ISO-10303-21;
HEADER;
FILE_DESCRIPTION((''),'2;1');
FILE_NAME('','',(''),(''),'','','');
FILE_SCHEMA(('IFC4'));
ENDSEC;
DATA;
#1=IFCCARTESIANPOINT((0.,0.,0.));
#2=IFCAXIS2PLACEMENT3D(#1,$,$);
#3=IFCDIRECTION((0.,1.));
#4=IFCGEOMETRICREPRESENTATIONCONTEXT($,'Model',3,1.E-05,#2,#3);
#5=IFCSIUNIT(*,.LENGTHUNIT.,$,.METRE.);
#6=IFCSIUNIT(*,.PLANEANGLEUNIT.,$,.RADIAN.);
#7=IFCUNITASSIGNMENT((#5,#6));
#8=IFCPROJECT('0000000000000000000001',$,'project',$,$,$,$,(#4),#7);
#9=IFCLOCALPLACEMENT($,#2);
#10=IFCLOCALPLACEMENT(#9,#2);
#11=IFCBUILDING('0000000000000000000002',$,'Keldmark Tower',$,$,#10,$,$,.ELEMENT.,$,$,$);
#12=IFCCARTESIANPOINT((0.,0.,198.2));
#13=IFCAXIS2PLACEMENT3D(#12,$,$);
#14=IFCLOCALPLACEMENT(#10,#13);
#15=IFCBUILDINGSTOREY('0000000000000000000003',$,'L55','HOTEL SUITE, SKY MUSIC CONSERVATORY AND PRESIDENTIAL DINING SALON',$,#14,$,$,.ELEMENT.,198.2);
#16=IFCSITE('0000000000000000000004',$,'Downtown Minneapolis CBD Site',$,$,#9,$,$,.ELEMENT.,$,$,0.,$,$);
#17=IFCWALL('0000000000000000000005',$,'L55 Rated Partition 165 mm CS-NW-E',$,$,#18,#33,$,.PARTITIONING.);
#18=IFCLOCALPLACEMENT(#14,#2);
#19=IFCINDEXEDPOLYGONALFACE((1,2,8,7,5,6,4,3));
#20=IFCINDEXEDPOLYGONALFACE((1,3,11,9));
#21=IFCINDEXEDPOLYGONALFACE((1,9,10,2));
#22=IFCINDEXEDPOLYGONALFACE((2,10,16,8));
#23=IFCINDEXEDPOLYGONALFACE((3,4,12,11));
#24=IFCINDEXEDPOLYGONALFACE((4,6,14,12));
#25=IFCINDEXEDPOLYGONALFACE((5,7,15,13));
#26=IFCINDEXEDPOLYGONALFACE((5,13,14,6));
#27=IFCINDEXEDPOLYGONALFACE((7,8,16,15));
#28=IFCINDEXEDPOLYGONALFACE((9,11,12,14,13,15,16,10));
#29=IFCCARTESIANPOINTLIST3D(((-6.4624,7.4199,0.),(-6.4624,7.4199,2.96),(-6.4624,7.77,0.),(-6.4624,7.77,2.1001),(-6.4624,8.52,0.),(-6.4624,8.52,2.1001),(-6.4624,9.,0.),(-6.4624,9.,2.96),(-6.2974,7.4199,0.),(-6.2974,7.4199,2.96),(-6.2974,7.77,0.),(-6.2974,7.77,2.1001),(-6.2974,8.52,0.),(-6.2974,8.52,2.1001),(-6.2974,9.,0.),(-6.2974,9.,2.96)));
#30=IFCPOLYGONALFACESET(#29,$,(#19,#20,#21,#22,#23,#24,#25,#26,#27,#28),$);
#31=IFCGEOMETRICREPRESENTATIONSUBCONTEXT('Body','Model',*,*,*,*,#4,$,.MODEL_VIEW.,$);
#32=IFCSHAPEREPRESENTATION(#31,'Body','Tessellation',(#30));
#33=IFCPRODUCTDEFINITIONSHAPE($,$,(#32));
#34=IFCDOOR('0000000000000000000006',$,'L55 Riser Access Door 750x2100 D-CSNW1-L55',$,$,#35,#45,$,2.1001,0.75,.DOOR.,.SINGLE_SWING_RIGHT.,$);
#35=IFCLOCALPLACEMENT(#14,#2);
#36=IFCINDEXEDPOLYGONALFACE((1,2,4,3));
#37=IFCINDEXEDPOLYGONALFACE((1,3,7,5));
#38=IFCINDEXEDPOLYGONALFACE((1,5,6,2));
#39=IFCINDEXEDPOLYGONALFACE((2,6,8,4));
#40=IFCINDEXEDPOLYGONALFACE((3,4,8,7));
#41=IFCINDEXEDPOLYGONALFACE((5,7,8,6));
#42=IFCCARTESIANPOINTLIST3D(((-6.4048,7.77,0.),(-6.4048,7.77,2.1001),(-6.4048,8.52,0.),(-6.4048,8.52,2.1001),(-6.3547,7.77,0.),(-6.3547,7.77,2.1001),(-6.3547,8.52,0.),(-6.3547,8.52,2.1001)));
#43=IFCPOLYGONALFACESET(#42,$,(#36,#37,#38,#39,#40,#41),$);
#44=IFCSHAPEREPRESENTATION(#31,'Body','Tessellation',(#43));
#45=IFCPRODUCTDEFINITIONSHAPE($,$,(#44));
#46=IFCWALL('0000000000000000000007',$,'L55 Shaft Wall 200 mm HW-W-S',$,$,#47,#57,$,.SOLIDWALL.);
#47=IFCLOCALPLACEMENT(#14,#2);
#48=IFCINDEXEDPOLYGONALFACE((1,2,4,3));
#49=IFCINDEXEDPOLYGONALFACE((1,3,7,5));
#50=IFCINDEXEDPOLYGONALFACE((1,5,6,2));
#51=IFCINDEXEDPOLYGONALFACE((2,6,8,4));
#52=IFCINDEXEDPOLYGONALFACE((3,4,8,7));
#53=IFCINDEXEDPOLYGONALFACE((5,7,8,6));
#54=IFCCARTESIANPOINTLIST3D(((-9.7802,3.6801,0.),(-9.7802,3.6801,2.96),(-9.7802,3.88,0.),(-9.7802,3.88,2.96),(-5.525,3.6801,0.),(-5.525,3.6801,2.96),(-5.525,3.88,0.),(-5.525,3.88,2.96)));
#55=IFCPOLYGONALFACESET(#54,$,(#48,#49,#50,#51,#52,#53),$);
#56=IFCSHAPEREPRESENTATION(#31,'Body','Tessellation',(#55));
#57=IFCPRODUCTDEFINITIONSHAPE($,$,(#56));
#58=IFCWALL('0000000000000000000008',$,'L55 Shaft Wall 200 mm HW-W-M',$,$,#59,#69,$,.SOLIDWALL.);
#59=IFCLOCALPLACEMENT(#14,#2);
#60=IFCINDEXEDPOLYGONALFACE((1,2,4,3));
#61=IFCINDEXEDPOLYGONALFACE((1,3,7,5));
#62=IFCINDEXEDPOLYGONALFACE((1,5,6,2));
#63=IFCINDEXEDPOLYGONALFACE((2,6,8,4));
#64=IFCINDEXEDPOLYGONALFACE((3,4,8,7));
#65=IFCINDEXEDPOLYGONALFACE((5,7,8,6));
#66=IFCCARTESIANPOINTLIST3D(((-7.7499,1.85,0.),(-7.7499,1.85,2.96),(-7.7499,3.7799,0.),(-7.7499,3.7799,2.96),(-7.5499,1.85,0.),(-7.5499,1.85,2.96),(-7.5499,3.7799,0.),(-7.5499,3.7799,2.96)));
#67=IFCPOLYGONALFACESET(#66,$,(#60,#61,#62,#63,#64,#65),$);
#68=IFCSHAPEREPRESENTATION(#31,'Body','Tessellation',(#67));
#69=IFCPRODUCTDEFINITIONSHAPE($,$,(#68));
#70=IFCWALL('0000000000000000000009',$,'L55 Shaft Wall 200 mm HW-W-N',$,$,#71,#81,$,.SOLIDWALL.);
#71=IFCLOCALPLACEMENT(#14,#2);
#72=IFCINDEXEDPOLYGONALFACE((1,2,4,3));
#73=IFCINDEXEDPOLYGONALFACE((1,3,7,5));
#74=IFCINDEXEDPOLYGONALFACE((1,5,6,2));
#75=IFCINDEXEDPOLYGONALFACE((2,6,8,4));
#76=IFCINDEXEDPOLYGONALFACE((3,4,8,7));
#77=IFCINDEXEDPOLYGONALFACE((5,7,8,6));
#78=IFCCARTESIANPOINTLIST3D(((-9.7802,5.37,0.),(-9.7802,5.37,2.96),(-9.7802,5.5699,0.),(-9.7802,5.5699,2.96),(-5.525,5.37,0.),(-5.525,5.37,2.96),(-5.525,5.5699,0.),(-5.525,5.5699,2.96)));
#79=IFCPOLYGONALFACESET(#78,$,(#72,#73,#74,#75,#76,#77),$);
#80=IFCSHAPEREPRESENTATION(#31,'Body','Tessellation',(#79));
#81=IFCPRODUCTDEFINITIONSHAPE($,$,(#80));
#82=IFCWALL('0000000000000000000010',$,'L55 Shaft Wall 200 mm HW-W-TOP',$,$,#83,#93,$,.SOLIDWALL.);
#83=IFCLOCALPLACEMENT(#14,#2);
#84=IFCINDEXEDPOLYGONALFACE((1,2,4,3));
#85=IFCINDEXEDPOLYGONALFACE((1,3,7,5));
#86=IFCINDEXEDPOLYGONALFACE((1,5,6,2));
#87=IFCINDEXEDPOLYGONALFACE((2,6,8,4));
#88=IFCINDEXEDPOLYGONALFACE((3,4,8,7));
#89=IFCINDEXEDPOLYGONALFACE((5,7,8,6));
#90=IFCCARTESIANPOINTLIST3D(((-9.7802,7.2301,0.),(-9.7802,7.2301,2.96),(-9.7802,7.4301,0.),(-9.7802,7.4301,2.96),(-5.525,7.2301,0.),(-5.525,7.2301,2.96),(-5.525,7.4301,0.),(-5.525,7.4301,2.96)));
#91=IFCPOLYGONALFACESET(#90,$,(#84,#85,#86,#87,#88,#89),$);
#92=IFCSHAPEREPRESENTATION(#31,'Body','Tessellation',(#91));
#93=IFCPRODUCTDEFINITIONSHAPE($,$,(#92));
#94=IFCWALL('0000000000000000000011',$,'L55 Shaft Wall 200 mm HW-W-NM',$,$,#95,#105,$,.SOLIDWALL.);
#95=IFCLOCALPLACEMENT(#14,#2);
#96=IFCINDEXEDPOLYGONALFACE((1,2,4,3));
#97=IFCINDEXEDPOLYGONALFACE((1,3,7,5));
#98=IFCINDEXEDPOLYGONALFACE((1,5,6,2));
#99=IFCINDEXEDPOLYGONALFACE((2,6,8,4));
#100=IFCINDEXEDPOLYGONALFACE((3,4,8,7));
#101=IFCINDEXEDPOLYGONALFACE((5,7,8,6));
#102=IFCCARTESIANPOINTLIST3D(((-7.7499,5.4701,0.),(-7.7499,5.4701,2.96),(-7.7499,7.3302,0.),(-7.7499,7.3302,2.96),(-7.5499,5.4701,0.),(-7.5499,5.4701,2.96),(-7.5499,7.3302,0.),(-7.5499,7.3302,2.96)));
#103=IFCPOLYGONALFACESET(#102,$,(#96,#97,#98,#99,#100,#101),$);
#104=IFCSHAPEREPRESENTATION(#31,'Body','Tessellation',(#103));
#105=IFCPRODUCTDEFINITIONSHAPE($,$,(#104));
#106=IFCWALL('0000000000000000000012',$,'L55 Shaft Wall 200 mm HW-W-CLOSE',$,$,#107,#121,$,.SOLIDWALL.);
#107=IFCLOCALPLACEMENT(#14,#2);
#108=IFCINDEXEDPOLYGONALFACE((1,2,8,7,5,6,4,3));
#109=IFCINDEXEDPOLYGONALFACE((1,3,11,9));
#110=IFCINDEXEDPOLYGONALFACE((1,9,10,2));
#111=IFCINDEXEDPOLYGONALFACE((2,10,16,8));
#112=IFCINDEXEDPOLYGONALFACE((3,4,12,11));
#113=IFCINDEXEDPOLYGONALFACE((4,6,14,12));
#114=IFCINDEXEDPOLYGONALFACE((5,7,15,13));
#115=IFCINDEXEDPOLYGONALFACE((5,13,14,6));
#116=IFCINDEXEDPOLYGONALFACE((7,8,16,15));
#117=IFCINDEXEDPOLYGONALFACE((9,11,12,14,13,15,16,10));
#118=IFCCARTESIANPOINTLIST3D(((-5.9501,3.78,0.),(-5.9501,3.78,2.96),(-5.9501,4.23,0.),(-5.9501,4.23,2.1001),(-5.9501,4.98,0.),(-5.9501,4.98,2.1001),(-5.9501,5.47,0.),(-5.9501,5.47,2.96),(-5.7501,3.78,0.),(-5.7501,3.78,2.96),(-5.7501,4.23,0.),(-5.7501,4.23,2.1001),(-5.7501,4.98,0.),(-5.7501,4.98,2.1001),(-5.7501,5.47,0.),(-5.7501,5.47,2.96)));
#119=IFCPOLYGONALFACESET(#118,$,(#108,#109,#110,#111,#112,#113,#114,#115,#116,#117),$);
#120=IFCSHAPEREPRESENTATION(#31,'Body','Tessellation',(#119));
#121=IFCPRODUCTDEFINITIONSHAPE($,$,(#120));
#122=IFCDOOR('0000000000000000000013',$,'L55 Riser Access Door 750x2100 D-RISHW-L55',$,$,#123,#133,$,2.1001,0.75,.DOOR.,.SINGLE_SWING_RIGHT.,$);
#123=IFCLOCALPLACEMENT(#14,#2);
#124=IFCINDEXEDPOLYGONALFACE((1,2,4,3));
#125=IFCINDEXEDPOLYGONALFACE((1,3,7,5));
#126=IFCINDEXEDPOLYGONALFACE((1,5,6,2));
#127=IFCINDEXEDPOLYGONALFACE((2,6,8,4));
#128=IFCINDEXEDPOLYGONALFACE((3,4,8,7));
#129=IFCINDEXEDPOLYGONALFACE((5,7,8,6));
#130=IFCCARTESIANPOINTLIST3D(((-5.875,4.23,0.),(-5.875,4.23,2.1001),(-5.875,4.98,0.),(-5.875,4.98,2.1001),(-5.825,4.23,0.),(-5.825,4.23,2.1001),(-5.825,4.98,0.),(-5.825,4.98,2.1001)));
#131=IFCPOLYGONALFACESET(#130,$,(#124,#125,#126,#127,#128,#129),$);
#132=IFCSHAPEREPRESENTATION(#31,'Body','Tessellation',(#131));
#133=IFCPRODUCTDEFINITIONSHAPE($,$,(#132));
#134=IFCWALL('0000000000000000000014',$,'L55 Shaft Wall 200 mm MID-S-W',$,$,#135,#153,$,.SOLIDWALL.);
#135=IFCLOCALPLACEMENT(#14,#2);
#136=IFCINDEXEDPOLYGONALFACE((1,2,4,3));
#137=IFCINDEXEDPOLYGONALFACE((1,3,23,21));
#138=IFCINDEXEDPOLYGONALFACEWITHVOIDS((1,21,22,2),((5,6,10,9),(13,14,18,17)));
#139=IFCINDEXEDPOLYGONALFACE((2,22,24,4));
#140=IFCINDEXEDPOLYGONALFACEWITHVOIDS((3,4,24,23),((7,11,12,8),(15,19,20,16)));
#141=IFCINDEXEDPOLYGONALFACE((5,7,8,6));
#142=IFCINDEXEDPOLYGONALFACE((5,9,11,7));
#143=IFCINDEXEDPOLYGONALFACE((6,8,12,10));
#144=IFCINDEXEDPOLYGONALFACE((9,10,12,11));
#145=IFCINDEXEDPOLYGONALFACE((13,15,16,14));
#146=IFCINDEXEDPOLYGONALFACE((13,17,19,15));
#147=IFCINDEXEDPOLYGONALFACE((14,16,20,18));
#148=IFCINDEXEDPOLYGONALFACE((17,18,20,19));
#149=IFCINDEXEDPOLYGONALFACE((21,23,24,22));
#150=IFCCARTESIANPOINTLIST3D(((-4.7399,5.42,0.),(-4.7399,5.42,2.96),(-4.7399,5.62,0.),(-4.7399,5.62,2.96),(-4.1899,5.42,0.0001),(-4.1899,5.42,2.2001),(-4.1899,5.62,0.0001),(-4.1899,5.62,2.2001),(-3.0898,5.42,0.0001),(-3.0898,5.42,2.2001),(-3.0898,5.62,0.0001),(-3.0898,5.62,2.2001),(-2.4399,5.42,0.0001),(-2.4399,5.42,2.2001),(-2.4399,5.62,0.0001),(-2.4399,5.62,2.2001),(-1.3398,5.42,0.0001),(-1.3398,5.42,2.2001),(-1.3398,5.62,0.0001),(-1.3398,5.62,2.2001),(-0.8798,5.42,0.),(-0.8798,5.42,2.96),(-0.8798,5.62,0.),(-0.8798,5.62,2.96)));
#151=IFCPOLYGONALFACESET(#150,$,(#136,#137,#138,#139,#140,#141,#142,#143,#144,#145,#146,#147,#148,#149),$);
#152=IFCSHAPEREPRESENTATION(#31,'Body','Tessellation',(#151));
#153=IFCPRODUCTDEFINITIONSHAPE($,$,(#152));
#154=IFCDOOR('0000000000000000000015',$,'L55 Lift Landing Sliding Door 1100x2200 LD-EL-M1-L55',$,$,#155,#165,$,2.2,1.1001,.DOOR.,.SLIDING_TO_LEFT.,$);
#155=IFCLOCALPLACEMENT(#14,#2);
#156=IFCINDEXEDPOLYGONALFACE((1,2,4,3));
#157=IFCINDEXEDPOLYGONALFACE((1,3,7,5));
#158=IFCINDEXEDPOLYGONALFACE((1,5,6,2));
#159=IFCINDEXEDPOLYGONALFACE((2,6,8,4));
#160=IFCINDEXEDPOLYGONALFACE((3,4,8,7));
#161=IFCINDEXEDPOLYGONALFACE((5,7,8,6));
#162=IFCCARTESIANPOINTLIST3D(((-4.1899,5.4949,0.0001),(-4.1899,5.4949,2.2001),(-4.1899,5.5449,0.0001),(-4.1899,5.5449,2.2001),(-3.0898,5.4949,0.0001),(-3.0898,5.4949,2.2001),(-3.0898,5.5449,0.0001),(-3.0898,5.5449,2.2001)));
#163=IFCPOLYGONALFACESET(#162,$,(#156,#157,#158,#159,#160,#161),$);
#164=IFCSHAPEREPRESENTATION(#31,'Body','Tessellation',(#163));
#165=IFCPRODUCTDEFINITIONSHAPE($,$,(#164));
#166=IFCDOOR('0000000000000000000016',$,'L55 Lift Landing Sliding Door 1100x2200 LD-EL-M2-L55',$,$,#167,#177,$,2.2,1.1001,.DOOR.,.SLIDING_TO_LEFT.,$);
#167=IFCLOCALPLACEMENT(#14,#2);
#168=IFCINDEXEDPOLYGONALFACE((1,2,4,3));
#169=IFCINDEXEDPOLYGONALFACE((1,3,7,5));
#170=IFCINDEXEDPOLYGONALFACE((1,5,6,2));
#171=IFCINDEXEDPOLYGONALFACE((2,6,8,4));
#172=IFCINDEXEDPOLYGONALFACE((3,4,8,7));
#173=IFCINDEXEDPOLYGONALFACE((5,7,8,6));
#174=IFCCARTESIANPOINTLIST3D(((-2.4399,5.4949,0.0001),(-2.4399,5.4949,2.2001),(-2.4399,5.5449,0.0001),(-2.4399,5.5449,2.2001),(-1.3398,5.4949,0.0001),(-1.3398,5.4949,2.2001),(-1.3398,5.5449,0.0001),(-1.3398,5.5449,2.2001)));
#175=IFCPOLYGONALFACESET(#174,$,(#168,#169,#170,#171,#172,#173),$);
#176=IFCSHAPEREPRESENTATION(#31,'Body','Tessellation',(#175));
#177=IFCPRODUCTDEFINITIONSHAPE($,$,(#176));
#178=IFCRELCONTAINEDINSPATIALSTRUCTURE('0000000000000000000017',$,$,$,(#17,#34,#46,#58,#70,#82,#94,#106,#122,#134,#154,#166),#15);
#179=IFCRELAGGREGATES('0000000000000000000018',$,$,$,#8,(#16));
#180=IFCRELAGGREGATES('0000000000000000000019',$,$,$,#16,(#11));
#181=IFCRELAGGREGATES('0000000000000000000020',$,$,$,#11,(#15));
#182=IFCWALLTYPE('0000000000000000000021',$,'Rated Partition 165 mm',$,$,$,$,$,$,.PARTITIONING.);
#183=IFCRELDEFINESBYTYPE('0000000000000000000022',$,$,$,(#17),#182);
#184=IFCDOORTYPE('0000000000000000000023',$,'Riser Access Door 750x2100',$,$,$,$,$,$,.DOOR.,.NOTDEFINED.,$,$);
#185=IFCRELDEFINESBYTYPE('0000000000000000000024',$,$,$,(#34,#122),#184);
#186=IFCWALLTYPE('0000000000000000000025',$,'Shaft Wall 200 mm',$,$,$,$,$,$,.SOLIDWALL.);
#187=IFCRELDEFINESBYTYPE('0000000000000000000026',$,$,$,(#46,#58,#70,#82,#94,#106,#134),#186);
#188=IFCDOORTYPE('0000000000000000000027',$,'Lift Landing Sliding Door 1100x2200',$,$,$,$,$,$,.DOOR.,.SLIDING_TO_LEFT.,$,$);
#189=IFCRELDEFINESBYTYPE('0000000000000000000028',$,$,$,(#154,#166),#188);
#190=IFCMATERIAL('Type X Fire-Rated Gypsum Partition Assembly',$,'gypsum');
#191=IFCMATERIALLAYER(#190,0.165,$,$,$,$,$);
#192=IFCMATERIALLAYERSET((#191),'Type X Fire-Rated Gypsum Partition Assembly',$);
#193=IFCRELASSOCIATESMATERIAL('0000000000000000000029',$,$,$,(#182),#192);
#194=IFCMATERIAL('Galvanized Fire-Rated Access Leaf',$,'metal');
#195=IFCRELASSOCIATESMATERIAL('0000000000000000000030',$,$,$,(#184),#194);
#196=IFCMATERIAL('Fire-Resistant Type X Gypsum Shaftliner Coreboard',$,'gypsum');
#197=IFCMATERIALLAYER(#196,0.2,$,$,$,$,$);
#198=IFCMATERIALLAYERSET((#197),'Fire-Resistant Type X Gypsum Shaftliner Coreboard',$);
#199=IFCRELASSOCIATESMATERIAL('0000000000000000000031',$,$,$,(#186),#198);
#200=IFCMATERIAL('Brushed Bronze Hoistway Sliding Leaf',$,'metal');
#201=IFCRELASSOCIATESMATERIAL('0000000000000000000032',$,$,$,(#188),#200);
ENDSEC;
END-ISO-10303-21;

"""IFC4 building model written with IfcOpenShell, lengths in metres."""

from ifc_helpers import new_model, si_unit, direction, frame, frame_2d, origin, place, context, subcontext, project, spatial, rectangle, extrude, material, layer, layer_set, type_object, element, fill, save


model = new_model("IFC4")

# Units and contexts
model_context = context("Model", 3, precision=1e-05, world=origin(), true_north=direction((0.0, 1.0)))
body_context = subcontext(model_context, "Body", "Model", "MODEL_VIEW")
ifc_project = project(units=[si_unit("LENGTHUNIT", "METRE"), si_unit("PLANEANGLEUNIT", "RADIAN")], contexts=[model_context])

# Site, building, storey
site_placement = place(None, origin())
site = spatial("IfcSite", under=ifc_project, at=site_placement, Name="Downtown Minneapolis CBD Site", CompositionType="ELEMENT", RefElevation=0.0)
building_placement = place(site_placement, origin())
building = spatial("IfcBuilding", under=site, at=building_placement, Name="Keldmark Tower", CompositionType="ELEMENT")
storey_placement = place(building_placement, frame((0.0, 0.0, 198.2)))
storey = spatial("IfcBuildingStorey", under=building, at=storey_placement, Name="L55", Description="HOTEL SUITE, SKY MUSIC CONSERVATORY AND PRESIDENTIAL DINING SALON", CompositionType="ELEMENT", Elevation=198.2)

# Shared definitions
ifc_material_1 = material(Name="Type X Fire-Rated Gypsum Partition Assembly", Category="gypsum")
ifc_layer_1 = layer(ifc_material_1, 0.165)
ifc_layer_set_1 = layer_set([ifc_layer_1], Name="Type X Fire-Rated Gypsum Partition Assembly")
wall_type_1 = type_object("IfcWallType", Name="Rated Partition 165 mm", PredefinedType="PARTITIONING", material=ifc_layer_set_1)

# Wall, opening, door
wall_1_placement = place(storey_placement, frame((-6.3799, 7.4199, 0.0), z_axis=(0.0, 0.0, 1.0), x_axis=(0.0, 1.0, 0.0)))
wall_1 = element("IfcWall", 1, at=wall_1_placement, inside=storey, type_object=wall_type_1, Name="L55 Rated Partition 165 mm CS-NW-E", PredefinedType="PARTITIONING", context=body_context, shape_type="SweptSolid", body=[
    extrude(rectangle(XDim=1.5801, YDim=0.165, at=frame_2d((0.79, 0.0))), origin(), (0.0, 0.0, 1.0), 2.96),
])
opening_1_placement = place(wall_1_placement, frame((0.3501, 0.0, 0.0)))
opening_1 = element("IfcOpeningElement", 2, at=opening_1_placement, cuts=wall_1, PredefinedType="OPENING", context=body_context, shape_type="SweptSolid", body=[
    extrude(rectangle(XDim=0.75, YDim=2.1001, at=frame_2d((0.375, 1.05))), frame((0.0, 0.0925, 0.0), z_axis=(0.0, -1.0, 0.0), x_axis=(1.0, 0.0, 0.0)), (0.0, 0.0, 1.0), 0.1851),
])
ifc_material_2 = material(Name="Galvanized Fire-Rated Access Leaf", Category="metal")
door_type_1 = type_object("IfcDoorType", Name="Riser Access Door 750x2100", OperationType="NOTDEFINED", PredefinedType="DOOR", material=ifc_material_2)
door_1_placement = place(opening_1_placement, origin())
door_1 = element("IfcDoor", 3, at=door_1_placement, inside=storey, type_object=door_type_1, Name="L55 Riser Access Door 750x2100 D-CSNW1-L55", OperationType="SINGLE_SWING_RIGHT", OverallHeight=2.1001, OverallWidth=0.75, PredefinedType="DOOR", context=body_context, shape_type="SweptSolid", body=[
    extrude(rectangle(XDim=0.75, YDim=2.1001, at=frame_2d((0.375, 1.05))), frame((0.0, 0.0249, 0.0), z_axis=(0.0, -1.0, 0.0), x_axis=(1.0, 0.0, 0.0)), (0.0, 0.0, 1.0), 0.05),
])
fill(opening_1, door_1)

# Walls
ifc_material_3 = material(Name="Fire-Resistant Type X Gypsum Shaftliner Coreboard", Category="gypsum")
ifc_layer_2 = layer(ifc_material_3, 0.2)
ifc_layer_set_2 = layer_set([ifc_layer_2], Name="Fire-Resistant Type X Gypsum Shaftliner Coreboard")
wall_type_2 = type_object("IfcWallType", Name="Shaft Wall 200 mm", PredefinedType="SOLIDWALL", material=ifc_layer_set_2)
wall_2_placement = place(storey_placement, frame((-9.78, 3.78, 0.0), z_axis=(0.0, 0.0, 1.0), x_axis=(1.0, 0.0, 0.0)))
element("IfcWall", 4, at=wall_2_placement, inside=storey, type_object=wall_type_2, Name="L55 Shaft Wall 200 mm HW-W-S", PredefinedType="SOLIDWALL", context=body_context, shape_type="SweptSolid", body=[
    extrude(rectangle(XDim=4.2551, YDim=0.2, at=frame_2d((2.1274, 0.0))), origin(), (0.0, 0.0, 1.0), 2.96),
])
wall_3_placement = place(storey_placement, frame((-7.6499, 1.8501, 0.0), z_axis=(0.0, 0.0, 1.0), x_axis=(0.0, 1.0, 0.0)))
element("IfcWall", 5, at=wall_3_placement, inside=storey, type_object=wall_type_2, Name="L55 Shaft Wall 200 mm HW-W-M", PredefinedType="SOLIDWALL", context=body_context, shape_type="SweptSolid", body=[
    extrude(rectangle(XDim=1.9299, YDim=0.2, at=frame_2d((0.9648, 0.0))), origin(), (0.0, 0.0, 1.0), 2.96),
])
for number, where, z_axis, x_axis, name in (
    (6, (-9.78, 5.47, 0.0), (0.0, 0.0, 1.0), (1.0, 0.0, 0.0), "L55 Shaft Wall 200 mm HW-W-N"),
    (7, (-9.78, 7.3301, 0.0), (0.0, 0.0, 1.0), (1.0, 0.0, 0.0), "L55 Shaft Wall 200 mm HW-W-TOP"),
):
    element("IfcWall", number, at=place(storey_placement, frame(where, z_axis=z_axis, x_axis=x_axis)), inside=storey, type_object=wall_type_2, Name=name, PredefinedType="SOLIDWALL", context=body_context, shape_type="SweptSolid", body=[
        extrude(rectangle(XDim=4.2551, YDim=0.2, at=frame_2d((2.1274, 0.0))), origin(), (0.0, 0.0, 1.0), 2.96),
    ])
wall_4_placement = place(storey_placement, frame((-7.6499, 5.47, 0.0), z_axis=(0.0, 0.0, 1.0), x_axis=(0.0, 1.0, 0.0)))
element("IfcWall", 8, at=wall_4_placement, inside=storey, type_object=wall_type_2, Name="L55 Shaft Wall 200 mm HW-W-NM", PredefinedType="SOLIDWALL", context=body_context, shape_type="SweptSolid", body=[
    extrude(rectangle(XDim=1.8601, YDim=0.2, at=frame_2d((0.9302, 0.0))), origin(), (0.0, 0.0, 1.0), 2.96),
])

# Wall, opening, door
wall_5_placement = place(storey_placement, frame((-5.8501, 3.78, 0.0), z_axis=(0.0, 0.0, 1.0), x_axis=(0.0, 1.0, 0.0)))
wall_5 = element("IfcWall", 9, at=wall_5_placement, inside=storey, type_object=wall_type_2, Name="L55 Shaft Wall 200 mm HW-W-CLOSE", PredefinedType="SOLIDWALL", context=body_context, shape_type="SweptSolid", body=[
    extrude(rectangle(XDim=1.6899, YDim=0.2, at=frame_2d((0.845, 0.0))), origin(), (0.0, 0.0, 1.0), 2.96),
])
opening_2_placement = place(wall_5_placement, frame((0.45, 0.0, 0.0)))
opening_2 = element("IfcOpeningElement", 10, at=opening_2_placement, cuts=wall_5, PredefinedType="OPENING", context=body_context, shape_type="SweptSolid", body=[
    extrude(rectangle(XDim=0.75, YDim=2.1001, at=frame_2d((0.375, 1.05))), frame((0.0, 0.1099, 0.0), z_axis=(0.0, -1.0, 0.0), x_axis=(1.0, 0.0, 0.0)), (0.0, 0.0, 1.0), 0.22),
])
door_2_placement = place(opening_2_placement, origin())
door_2 = element("IfcDoor", 11, at=door_2_placement, inside=storey, type_object=door_type_1, Name="L55 Riser Access Door 750x2100 D-RISHW-L55", OperationType="SINGLE_SWING_RIGHT", OverallHeight=2.1001, OverallWidth=0.75, PredefinedType="DOOR", context=body_context, shape_type="SweptSolid", body=[
    extrude(rectangle(XDim=0.75, YDim=2.1001, at=frame_2d((0.375, 1.05))), frame((0.0, 0.0249, 0.0), z_axis=(0.0, -1.0, 0.0), x_axis=(1.0, 0.0, 0.0)), (0.0, 0.0, 1.0), 0.05),
])
fill(opening_2, door_2)

# Wall, openings, doors
wall_6_placement = place(storey_placement, frame((-4.74, 5.52, 0.0), z_axis=(0.0, 0.0, 1.0), x_axis=(1.0, 0.0, 0.0)))
wall_6 = element("IfcWall", 12, at=wall_6_placement, inside=storey, type_object=wall_type_2, Name="L55 Shaft Wall 200 mm MID-S-W", PredefinedType="SOLIDWALL", context=body_context, shape_type="SweptSolid", body=[
    extrude(rectangle(XDim=3.8601, YDim=0.2, at=frame_2d((1.9302, 0.0))), origin(), (0.0, 0.0, 1.0), 2.96),
])
opening_3_placement = place(wall_6_placement, frame((0.55, 0.0, 0.0)))
opening_3 = element("IfcOpeningElement", 13, at=opening_3_placement, cuts=wall_6, PredefinedType="OPENING", context=body_context, shape_type="SweptSolid", body=[
    extrude(rectangle(XDim=1.1001, YDim=2.2, at=frame_2d((0.55, 1.1001))), frame((0.0, 0.1099, 0.0), z_axis=(0.0, -1.0, 0.0), x_axis=(1.0, 0.0, 0.0)), (0.0, 0.0, 1.0), 0.22),
])
opening_4_placement = place(wall_6_placement, frame((2.3, 0.0, 0.0)))
opening_4 = element("IfcOpeningElement", 14, at=opening_4_placement, cuts=wall_6, PredefinedType="OPENING", context=body_context, shape_type="SweptSolid", body=[
    extrude(rectangle(XDim=1.1001, YDim=2.2, at=frame_2d((0.55, 1.1001))), frame((0.0, 0.1099, 0.0), z_axis=(0.0, -1.0, 0.0), x_axis=(1.0, 0.0, 0.0)), (0.0, 0.0, 1.0), 0.22),
])
ifc_material_4 = material(Name="Brushed Bronze Hoistway Sliding Leaf", Category="metal")
door_type_2 = type_object("IfcDoorType", Name="Lift Landing Sliding Door 1100x2200", OperationType="SLIDING_TO_LEFT", PredefinedType="DOOR", material=ifc_material_4)
door_3_placement = place(opening_3_placement, origin())
door_3 = element("IfcDoor", 15, at=door_3_placement, inside=storey, type_object=door_type_2, Name="L55 Lift Landing Sliding Door 1100x2200 LD-EL-M1-L55", OperationType="SLIDING_TO_LEFT", OverallHeight=2.2, OverallWidth=1.1001, PredefinedType="DOOR", context=body_context, shape_type="SweptSolid", body=[
    extrude(rectangle(XDim=1.1001, YDim=2.2, at=frame_2d((0.55, 1.1001))), frame((0.0, 0.0249, 0.0), z_axis=(0.0, -1.0, 0.0), x_axis=(1.0, 0.0, 0.0)), (0.0, 0.0, 1.0), 0.05),
])
fill(opening_3, door_3)
door_4_placement = place(opening_4_placement, origin())
door_4 = element("IfcDoor", 16, at=door_4_placement, inside=storey, type_object=door_type_2, Name="L55 Lift Landing Sliding Door 1100x2200 LD-EL-M2-L55", OperationType="SLIDING_TO_LEFT", OverallHeight=2.2, OverallWidth=1.1001, PredefinedType="DOOR", context=body_context, shape_type="SweptSolid", body=[
    extrude(rectangle(XDim=1.1001, YDim=2.2, at=frame_2d((0.55, 1.1001))), frame((0.0, 0.0249, 0.0), z_axis=(0.0, -1.0, 0.0), x_axis=(1.0, 0.0, 0.0)), (0.0, 0.0, 1.0), 0.05),
])
fill(opening_4, door_4)

save(model, "model.ifc")
